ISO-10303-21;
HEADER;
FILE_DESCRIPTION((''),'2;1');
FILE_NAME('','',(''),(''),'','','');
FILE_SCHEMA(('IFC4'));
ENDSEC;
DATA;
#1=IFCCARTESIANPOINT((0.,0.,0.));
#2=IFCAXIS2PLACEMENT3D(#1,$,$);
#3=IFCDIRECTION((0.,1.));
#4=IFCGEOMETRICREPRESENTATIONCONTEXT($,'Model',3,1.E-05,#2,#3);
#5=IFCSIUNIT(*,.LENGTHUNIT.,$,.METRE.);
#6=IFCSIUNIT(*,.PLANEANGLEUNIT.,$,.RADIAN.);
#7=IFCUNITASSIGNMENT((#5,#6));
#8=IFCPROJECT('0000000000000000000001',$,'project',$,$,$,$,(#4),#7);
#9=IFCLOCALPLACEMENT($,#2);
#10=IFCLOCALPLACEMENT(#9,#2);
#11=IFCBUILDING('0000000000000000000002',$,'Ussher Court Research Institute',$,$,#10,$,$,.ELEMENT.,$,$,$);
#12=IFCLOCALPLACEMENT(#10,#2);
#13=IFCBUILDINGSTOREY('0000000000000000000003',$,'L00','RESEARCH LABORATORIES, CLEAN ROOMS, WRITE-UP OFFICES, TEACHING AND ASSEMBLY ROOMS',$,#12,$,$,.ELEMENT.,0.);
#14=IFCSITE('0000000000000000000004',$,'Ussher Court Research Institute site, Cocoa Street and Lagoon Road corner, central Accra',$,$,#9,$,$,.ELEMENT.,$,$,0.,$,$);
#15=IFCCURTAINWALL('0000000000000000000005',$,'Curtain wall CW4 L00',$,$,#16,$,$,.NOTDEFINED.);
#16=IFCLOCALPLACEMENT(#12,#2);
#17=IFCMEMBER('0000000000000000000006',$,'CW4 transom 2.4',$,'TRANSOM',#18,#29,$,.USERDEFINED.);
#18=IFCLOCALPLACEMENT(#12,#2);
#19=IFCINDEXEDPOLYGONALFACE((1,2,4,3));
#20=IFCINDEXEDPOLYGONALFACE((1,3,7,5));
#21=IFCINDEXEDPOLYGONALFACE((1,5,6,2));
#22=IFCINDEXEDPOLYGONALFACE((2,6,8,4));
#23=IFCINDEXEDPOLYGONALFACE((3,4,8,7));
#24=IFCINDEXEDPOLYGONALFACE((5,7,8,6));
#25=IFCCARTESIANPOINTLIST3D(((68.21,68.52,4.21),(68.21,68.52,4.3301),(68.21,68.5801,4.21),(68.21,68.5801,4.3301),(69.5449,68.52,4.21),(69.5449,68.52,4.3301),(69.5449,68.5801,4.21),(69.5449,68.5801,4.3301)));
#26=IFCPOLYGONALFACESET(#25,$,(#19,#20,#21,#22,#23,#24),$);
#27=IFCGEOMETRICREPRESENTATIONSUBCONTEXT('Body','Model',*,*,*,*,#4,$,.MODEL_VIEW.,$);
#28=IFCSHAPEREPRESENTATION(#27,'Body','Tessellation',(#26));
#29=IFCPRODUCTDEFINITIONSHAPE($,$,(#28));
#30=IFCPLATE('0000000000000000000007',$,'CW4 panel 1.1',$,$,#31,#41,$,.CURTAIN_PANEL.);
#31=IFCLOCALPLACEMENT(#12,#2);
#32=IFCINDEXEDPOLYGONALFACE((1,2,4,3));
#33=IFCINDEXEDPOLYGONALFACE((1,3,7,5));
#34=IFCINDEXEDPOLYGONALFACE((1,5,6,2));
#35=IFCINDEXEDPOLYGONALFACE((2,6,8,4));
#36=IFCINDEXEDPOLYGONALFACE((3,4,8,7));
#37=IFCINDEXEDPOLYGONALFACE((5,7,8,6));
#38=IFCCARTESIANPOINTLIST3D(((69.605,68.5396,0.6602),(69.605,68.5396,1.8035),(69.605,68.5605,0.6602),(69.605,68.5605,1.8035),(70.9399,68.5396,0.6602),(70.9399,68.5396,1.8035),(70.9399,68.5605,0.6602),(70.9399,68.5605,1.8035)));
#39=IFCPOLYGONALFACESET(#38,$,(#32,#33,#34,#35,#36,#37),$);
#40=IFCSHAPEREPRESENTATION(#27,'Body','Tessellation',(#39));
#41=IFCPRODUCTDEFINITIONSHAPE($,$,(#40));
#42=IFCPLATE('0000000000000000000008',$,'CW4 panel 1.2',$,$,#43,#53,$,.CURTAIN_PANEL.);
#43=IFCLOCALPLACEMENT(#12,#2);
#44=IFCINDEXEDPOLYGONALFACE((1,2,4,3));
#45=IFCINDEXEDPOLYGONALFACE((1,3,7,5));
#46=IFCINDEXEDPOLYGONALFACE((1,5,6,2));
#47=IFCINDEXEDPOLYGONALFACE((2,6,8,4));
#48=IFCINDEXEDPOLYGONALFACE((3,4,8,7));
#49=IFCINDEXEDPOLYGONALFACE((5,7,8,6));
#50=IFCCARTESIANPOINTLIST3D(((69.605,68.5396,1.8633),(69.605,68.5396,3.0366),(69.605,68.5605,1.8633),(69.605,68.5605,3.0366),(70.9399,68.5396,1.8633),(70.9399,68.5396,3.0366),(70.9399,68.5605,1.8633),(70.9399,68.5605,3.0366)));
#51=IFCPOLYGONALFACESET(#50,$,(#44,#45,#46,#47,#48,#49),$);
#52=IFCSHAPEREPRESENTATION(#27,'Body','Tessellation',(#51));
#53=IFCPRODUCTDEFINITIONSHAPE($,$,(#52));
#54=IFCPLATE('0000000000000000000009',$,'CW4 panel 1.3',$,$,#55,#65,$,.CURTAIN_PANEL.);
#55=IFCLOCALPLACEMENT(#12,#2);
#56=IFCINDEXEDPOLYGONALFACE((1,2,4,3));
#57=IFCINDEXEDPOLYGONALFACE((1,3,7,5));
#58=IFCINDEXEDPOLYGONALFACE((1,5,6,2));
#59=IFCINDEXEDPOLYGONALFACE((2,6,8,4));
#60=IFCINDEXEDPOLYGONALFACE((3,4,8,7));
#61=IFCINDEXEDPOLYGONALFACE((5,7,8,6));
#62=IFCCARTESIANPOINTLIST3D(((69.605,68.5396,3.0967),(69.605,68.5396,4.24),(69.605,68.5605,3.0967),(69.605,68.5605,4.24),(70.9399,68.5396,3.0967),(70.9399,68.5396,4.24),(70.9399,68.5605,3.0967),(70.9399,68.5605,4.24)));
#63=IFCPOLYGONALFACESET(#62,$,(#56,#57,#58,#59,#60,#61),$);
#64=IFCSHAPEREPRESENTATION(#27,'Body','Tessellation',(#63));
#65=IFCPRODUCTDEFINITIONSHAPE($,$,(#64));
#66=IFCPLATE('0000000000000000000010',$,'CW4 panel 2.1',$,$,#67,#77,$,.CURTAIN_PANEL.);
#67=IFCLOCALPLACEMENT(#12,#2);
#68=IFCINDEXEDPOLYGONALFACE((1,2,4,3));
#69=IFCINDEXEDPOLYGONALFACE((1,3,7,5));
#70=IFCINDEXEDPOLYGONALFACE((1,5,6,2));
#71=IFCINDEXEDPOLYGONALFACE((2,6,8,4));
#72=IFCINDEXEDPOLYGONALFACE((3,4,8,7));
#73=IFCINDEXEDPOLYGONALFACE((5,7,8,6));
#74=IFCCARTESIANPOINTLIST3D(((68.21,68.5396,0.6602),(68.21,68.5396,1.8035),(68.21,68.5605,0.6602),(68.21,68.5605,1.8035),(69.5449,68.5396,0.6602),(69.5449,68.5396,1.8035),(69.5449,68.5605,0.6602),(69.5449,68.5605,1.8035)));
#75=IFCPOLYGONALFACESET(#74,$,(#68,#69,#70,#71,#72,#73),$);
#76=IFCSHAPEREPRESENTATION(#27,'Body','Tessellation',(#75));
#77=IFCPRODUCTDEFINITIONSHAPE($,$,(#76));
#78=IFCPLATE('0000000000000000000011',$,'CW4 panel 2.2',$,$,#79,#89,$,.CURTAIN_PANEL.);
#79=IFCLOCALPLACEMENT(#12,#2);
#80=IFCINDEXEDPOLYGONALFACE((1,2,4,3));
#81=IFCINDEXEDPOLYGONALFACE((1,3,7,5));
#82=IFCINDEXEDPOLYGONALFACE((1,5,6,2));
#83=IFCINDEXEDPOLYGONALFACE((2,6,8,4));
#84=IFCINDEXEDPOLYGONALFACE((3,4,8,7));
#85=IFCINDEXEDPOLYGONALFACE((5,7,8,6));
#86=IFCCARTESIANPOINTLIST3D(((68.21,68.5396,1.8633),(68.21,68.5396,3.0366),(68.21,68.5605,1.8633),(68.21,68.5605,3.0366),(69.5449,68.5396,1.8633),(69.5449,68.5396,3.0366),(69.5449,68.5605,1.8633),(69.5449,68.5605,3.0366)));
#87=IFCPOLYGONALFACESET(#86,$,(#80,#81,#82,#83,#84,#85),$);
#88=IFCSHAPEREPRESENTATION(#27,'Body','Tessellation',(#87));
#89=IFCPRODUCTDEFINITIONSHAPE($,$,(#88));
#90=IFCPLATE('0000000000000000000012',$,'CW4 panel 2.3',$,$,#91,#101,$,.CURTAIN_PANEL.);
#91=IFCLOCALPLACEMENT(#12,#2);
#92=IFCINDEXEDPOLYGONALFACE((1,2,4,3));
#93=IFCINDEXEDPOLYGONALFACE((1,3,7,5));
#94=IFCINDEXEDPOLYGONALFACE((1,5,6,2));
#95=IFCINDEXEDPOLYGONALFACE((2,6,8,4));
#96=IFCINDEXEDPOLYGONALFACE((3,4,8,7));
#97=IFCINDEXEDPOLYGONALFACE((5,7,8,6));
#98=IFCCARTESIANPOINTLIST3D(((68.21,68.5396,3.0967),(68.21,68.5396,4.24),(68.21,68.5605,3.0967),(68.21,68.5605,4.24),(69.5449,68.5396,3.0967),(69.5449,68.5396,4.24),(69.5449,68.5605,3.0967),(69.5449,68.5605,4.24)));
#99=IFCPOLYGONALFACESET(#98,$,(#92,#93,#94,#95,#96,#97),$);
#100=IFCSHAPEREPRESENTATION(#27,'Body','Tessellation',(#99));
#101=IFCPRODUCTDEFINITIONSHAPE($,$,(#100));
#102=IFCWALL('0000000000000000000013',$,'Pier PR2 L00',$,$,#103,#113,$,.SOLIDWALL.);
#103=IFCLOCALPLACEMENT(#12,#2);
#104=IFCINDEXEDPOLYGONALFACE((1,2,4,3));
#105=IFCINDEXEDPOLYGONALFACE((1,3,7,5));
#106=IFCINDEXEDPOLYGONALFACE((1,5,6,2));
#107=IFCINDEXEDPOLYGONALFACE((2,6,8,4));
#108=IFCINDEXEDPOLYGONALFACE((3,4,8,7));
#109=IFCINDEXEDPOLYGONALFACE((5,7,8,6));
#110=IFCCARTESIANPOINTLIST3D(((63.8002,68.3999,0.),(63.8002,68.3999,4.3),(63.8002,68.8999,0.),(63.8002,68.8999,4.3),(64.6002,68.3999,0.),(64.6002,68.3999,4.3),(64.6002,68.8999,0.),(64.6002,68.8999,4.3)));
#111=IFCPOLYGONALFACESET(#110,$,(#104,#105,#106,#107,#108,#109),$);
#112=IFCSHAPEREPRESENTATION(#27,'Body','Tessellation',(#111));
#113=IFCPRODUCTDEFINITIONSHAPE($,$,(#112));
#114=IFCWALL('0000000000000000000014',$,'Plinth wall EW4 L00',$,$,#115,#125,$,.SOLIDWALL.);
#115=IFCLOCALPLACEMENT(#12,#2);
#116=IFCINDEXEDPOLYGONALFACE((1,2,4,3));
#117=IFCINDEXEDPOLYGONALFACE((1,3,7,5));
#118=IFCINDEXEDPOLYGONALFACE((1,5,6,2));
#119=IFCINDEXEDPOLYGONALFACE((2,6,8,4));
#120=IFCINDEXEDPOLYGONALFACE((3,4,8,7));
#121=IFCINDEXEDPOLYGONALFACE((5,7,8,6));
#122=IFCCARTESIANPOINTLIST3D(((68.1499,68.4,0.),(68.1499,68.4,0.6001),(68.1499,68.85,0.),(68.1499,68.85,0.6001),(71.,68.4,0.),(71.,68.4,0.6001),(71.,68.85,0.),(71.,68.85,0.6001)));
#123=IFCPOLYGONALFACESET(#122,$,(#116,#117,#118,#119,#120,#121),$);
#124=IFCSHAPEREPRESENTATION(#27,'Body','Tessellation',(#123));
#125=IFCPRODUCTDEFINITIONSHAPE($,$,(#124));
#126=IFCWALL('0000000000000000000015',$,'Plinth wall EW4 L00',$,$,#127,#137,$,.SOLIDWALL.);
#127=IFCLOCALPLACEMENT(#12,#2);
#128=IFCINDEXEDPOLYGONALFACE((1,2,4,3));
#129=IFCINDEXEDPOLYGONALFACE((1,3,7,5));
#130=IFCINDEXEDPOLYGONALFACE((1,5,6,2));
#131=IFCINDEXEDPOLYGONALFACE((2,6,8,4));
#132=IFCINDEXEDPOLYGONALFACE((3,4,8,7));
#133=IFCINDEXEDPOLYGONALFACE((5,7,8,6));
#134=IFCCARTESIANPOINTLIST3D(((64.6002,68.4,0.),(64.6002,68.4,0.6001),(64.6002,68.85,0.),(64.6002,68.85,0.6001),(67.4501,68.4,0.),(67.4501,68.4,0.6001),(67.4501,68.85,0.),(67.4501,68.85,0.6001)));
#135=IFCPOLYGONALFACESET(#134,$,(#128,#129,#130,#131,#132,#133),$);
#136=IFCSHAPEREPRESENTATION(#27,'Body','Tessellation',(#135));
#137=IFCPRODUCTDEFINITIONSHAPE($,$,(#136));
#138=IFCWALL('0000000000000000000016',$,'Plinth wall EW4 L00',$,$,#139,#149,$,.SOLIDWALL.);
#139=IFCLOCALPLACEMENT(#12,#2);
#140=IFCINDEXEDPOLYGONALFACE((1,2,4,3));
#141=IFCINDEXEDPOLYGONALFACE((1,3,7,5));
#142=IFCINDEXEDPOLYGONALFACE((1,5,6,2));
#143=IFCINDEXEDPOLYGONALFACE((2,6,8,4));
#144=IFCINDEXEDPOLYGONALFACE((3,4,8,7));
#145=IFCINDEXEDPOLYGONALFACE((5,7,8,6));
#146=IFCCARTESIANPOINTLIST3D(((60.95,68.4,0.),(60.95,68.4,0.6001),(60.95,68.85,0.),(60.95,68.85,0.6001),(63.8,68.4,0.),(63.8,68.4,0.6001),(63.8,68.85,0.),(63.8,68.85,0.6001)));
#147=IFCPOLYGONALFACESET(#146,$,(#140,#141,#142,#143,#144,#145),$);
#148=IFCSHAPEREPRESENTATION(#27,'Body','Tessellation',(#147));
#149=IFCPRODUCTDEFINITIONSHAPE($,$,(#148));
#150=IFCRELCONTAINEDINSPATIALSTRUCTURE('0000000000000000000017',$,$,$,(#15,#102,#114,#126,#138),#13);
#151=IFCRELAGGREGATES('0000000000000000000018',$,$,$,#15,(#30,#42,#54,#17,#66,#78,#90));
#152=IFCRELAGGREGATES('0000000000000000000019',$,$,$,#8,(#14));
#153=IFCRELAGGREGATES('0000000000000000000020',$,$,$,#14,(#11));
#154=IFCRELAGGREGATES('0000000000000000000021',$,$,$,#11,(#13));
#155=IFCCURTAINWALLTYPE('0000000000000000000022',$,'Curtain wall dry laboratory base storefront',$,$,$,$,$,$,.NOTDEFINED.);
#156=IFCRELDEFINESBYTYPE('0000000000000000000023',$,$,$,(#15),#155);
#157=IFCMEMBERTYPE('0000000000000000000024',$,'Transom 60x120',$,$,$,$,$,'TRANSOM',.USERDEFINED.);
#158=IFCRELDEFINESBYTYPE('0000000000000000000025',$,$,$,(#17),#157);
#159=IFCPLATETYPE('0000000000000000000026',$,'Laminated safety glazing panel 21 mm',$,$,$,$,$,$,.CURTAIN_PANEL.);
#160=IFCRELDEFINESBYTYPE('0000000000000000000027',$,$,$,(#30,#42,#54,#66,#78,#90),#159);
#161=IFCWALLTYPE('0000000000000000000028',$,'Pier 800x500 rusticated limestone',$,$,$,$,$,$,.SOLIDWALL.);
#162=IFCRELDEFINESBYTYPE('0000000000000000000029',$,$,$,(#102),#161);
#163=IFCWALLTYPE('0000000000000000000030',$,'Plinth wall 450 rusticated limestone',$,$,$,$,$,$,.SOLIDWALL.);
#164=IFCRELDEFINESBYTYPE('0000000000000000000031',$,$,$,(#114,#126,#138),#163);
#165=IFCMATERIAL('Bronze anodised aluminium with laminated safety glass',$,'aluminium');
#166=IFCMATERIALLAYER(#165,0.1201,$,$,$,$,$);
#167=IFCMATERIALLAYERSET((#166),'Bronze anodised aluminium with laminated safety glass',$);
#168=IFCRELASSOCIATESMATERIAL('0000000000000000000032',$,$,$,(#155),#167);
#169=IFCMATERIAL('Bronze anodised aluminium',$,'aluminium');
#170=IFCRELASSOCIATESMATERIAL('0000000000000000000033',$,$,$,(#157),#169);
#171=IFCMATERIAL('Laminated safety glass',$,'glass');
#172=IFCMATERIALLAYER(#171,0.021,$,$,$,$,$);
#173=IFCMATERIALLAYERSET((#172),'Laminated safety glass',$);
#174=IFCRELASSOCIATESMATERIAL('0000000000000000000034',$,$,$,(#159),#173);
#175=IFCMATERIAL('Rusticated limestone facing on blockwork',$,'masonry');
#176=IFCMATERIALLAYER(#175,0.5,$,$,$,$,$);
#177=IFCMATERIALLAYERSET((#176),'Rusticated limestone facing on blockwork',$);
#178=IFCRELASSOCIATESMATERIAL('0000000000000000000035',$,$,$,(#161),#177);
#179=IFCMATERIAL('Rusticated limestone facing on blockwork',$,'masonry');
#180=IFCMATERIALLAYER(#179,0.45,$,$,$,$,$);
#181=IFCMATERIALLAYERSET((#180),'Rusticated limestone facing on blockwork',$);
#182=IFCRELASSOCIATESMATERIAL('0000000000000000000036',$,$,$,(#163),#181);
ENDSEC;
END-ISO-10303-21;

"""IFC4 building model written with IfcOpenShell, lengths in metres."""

from ifc_helpers import new_model, si_unit, direction, frame, frame_2d, origin, origin_2d, place, context, subcontext, project, spatial, rectangle, extrude, material, layer, layer_set, material_profile, profile_set, type_object, element, aggregate, save


model = new_model("IFC4")

# Units and contexts
model_context = context("Model", 3, precision=1e-05, world=origin(), true_north=direction((0.0, 1.0)))
body_context = subcontext(model_context, "Body", "Model", "MODEL_VIEW")
ifc_project = project(units=[si_unit("LENGTHUNIT", "METRE"), si_unit("PLANEANGLEUNIT", "RADIAN")], contexts=[model_context])

# Site, building, storey
site_placement = place(None, origin())
site = spatial("IfcSite", under=ifc_project, at=site_placement, Name="Ussher Court Research Institute site, Cocoa Street and Lagoon Road corner, central Accra", CompositionType="ELEMENT", RefElevation=0.0)
building_placement = place(site_placement, origin())
building = spatial("IfcBuilding", under=site, at=building_placement, Name="Ussher Court Research Institute", CompositionType="ELEMENT")
storey_placement = place(building_placement, origin())
storey = spatial("IfcBuildingStorey", under=building, at=storey_placement, Name="L00", Description="RESEARCH LABORATORIES, CLEAN ROOMS, WRITE-UP OFFICES, TEACHING AND ASSEMBLY ROOMS", CompositionType="ELEMENT", Elevation=0.0)

# Curtain wall
ifc_material_1 = material(Name="Bronze anodised aluminium with laminated safety glass", Category="aluminium")
ifc_layer_1 = layer(ifc_material_1, 0.1201)
ifc_layer_set_1 = layer_set([ifc_layer_1], Name="Bronze anodised aluminium with laminated safety glass")
curtain_wall_type = type_object("IfcCurtainWallType", Name="Curtain wall dry laboratory base storefront", PredefinedType="NOTDEFINED", material=ifc_layer_set_1)
curtain_wall_1_placement = place(storey_placement, origin())
curtain_wall_1 = element("IfcCurtainWall", 1, at=curtain_wall_1_placement, inside=storey, type_object=curtain_wall_type, Name="Curtain wall CW4 L00", PredefinedType="NOTDEFINED")

# Member
ifc_material_2 = material(Name="Bronze anodised aluminium", Category="aluminium")
ifc_material_profile_1 = material_profile(ifc_material_2, rectangle(XDim=0.0601, YDim=0.1201, at=origin_2d()), Name="Transom 60x120")
ifc_profile_set_1 = profile_set([ifc_material_profile_1], Name="Bronze anodised aluminium")
member_type_1 = type_object("IfcMemberType", Name="Transom 60x120", ElementType="TRANSOM", PredefinedType="USERDEFINED", material=ifc_profile_set_1)
member_1_placement = place(storey_placement, frame((69.5449, 68.55, 4.27), z_axis=(-1.0, 0.0, 0.0), x_axis=(0.0, -1.0, 0.0)))
member_1 = element("IfcMember", 2, at=member_1_placement, type_object=member_type_1, Name="CW4 transom 2.4", ObjectType="TRANSOM", PredefinedType="USERDEFINED", context=body_context, shape_type="SweptSolid", body=[
    extrude(rectangle(XDim=0.0601, YDim=0.1201, at=origin_2d()), origin(), (0.0, 0.0, 1.0), 1.335),
])

# Plates
ifc_material_3 = material(Name="Laminated safety glass", Category="glass")
ifc_layer_2 = layer(ifc_material_3, 0.021)
ifc_layer_set_2 = layer_set([ifc_layer_2], Name="Laminated safety glass")
plate_type = type_object("IfcPlateType", Name="Laminated safety glazing panel 21 mm", PredefinedType="CURTAIN_PANEL", material=ifc_layer_set_2)
plate_1_placement = place(storey_placement, frame((70.2725, 68.55, 0.6602), z_axis=(0.0, 0.0, 1.0), x_axis=(-1.0, 0.0, 0.0)))
plate_1 = element("IfcPlate", 3, at=plate_1_placement, type_object=plate_type, Name="CW4 panel 1.1", PredefinedType="CURTAIN_PANEL", context=body_context, shape_type="SweptSolid", body=[
    extrude(rectangle(XDim=1.335, YDim=0.021, at=origin_2d()), origin(), (0.0, 0.0, 1.0), 1.1433),
])
plate_2_placement = place(storey_placement, frame((70.2725, 68.55, 1.8633), z_axis=(0.0, 0.0, 1.0), x_axis=(-1.0, 0.0, 0.0)))
plate_2 = element("IfcPlate", 4, at=plate_2_placement, type_object=plate_type, Name="CW4 panel 1.2", PredefinedType="CURTAIN_PANEL", context=body_context, shape_type="SweptSolid", body=[
    extrude(rectangle(XDim=1.335, YDim=0.021, at=origin_2d()), origin(), (0.0, 0.0, 1.0), 1.1733),
])
plate_3_placement = place(storey_placement, frame((70.2725, 68.55, 3.0967), z_axis=(0.0, 0.0, 1.0), x_axis=(-1.0, 0.0, 0.0)))
plate_3 = element("IfcPlate", 5, at=plate_3_placement, type_object=plate_type, Name="CW4 panel 1.3", PredefinedType="CURTAIN_PANEL", context=body_context, shape_type="SweptSolid", body=[
    extrude(rectangle(XDim=1.335, YDim=0.021, at=origin_2d()), origin(), (0.0, 0.0, 1.0), 1.1433),
])
plate_4_placement = place(storey_placement, frame((68.8774, 68.55, 0.6602), z_axis=(0.0, 0.0, 1.0), x_axis=(-1.0, 0.0, 0.0)))
plate_4 = element("IfcPlate", 6, at=plate_4_placement, type_object=plate_type, Name="CW4 panel 2.1", PredefinedType="CURTAIN_PANEL", context=body_context, shape_type="SweptSolid", body=[
    extrude(rectangle(XDim=1.335, YDim=0.021, at=origin_2d()), origin(), (0.0, 0.0, 1.0), 1.1433),
])
plate_5_placement = place(storey_placement, frame((68.8774, 68.55, 1.8633), z_axis=(0.0, 0.0, 1.0), x_axis=(-1.0, 0.0, 0.0)))
plate_5 = element("IfcPlate", 7, at=plate_5_placement, type_object=plate_type, Name="CW4 panel 2.2", PredefinedType="CURTAIN_PANEL", context=body_context, shape_type="SweptSolid", body=[
    extrude(rectangle(XDim=1.335, YDim=0.021, at=origin_2d()), origin(), (0.0, 0.0, 1.0), 1.1733),
])
plate_6_placement = place(storey_placement, frame((68.8774, 68.55, 3.0967), z_axis=(0.0, 0.0, 1.0), x_axis=(-1.0, 0.0, 0.0)))
plate_6 = element("IfcPlate", 8, at=plate_6_placement, type_object=plate_type, Name="CW4 panel 2.3", PredefinedType="CURTAIN_PANEL", context=body_context, shape_type="SweptSolid", body=[
    extrude(rectangle(XDim=1.335, YDim=0.021, at=origin_2d()), origin(), (0.0, 0.0, 1.0), 1.1433),
])
aggregate(curtain_wall_1, [plate_1, plate_2, plate_3, member_1, plate_4, plate_5, plate_6])

# Walls
ifc_material_4 = material(Name="Rusticated limestone facing on blockwork", Category="masonry")
ifc_layer_3 = layer(ifc_material_4, 0.5)
ifc_layer_set_3 = layer_set([ifc_layer_3], Name="Rusticated limestone facing on blockwork")
wall_type_1 = type_object("IfcWallType", Name="Pier 800x500 rusticated limestone", PredefinedType="SOLIDWALL", material=ifc_layer_set_3)
wall_1_placement = place(storey_placement, frame((64.6001, 68.6499, 0.0), z_axis=(0.0, 0.0, 1.0), x_axis=(-1.0, 0.0, 0.0)))
element("IfcWall", 9, at=wall_1_placement, inside=storey, type_object=wall_type_1, Name="Pier PR2 L00", PredefinedType="SOLIDWALL", context=body_context, shape_type="SweptSolid", body=[
    extrude(rectangle(XDim=0.8, YDim=0.5, at=frame_2d((0.3999, 0.0))), origin(), (0.0, 0.0, 1.0), 4.3),
])
ifc_material_5 = material(Name="Rusticated limestone facing on blockwork", Category="masonry")
ifc_layer_4 = layer(ifc_material_5, 0.45)
ifc_layer_set_4 = layer_set([ifc_layer_4], Name="Rusticated limestone facing on blockwork")
wall_type_2 = type_object("IfcWallType", Name="Plinth wall 450 rusticated limestone", PredefinedType="SOLIDWALL", material=ifc_layer_set_4)
wall_2_placement = place(storey_placement, frame((71.0, 68.625, 0.0), z_axis=(0.0, 0.0, 1.0), x_axis=(-1.0, 0.0, 0.0)))
element("IfcWall", 10, at=wall_2_placement, inside=storey, type_object=wall_type_2, Name="Plinth wall EW4 L00", PredefinedType="SOLIDWALL", context=body_context, shape_type="SweptSolid", body=[
    extrude(rectangle(XDim=2.8501, YDim=0.45, at=frame_2d((1.425, 0.0))), origin(), (0.0, 0.0, 1.0), 0.6001),
])
wall_3_placement = place(storey_placement, frame((67.45, 68.625, 0.0), z_axis=(0.0, 0.0, 1.0), x_axis=(-1.0, 0.0, 0.0)))
element("IfcWall", 11, at=wall_3_placement, inside=storey, type_object=wall_type_2, Name="Plinth wall EW4 L00", PredefinedType="SOLIDWALL", context=body_context, shape_type="SweptSolid", body=[
    extrude(rectangle(XDim=2.8499, YDim=0.45, at=frame_2d((1.4248, 0.0))), origin(), (0.0, 0.0, 1.0), 0.6001),
])
wall_4_placement = place(storey_placement, frame((63.8, 68.625, 0.0), z_axis=(0.0, 0.0, 1.0), x_axis=(-1.0, 0.0, 0.0)))
element("IfcWall", 12, at=wall_4_placement, inside=storey, type_object=wall_type_2, Name="Plinth wall EW4 L00", PredefinedType="SOLIDWALL", context=body_context, shape_type="SweptSolid", body=[
    extrude(rectangle(XDim=2.8501, YDim=0.45, at=frame_2d((1.425, 0.0))), origin(), (0.0, 0.0, 1.0), 0.6001),
])

save(model, "model.ifc")
